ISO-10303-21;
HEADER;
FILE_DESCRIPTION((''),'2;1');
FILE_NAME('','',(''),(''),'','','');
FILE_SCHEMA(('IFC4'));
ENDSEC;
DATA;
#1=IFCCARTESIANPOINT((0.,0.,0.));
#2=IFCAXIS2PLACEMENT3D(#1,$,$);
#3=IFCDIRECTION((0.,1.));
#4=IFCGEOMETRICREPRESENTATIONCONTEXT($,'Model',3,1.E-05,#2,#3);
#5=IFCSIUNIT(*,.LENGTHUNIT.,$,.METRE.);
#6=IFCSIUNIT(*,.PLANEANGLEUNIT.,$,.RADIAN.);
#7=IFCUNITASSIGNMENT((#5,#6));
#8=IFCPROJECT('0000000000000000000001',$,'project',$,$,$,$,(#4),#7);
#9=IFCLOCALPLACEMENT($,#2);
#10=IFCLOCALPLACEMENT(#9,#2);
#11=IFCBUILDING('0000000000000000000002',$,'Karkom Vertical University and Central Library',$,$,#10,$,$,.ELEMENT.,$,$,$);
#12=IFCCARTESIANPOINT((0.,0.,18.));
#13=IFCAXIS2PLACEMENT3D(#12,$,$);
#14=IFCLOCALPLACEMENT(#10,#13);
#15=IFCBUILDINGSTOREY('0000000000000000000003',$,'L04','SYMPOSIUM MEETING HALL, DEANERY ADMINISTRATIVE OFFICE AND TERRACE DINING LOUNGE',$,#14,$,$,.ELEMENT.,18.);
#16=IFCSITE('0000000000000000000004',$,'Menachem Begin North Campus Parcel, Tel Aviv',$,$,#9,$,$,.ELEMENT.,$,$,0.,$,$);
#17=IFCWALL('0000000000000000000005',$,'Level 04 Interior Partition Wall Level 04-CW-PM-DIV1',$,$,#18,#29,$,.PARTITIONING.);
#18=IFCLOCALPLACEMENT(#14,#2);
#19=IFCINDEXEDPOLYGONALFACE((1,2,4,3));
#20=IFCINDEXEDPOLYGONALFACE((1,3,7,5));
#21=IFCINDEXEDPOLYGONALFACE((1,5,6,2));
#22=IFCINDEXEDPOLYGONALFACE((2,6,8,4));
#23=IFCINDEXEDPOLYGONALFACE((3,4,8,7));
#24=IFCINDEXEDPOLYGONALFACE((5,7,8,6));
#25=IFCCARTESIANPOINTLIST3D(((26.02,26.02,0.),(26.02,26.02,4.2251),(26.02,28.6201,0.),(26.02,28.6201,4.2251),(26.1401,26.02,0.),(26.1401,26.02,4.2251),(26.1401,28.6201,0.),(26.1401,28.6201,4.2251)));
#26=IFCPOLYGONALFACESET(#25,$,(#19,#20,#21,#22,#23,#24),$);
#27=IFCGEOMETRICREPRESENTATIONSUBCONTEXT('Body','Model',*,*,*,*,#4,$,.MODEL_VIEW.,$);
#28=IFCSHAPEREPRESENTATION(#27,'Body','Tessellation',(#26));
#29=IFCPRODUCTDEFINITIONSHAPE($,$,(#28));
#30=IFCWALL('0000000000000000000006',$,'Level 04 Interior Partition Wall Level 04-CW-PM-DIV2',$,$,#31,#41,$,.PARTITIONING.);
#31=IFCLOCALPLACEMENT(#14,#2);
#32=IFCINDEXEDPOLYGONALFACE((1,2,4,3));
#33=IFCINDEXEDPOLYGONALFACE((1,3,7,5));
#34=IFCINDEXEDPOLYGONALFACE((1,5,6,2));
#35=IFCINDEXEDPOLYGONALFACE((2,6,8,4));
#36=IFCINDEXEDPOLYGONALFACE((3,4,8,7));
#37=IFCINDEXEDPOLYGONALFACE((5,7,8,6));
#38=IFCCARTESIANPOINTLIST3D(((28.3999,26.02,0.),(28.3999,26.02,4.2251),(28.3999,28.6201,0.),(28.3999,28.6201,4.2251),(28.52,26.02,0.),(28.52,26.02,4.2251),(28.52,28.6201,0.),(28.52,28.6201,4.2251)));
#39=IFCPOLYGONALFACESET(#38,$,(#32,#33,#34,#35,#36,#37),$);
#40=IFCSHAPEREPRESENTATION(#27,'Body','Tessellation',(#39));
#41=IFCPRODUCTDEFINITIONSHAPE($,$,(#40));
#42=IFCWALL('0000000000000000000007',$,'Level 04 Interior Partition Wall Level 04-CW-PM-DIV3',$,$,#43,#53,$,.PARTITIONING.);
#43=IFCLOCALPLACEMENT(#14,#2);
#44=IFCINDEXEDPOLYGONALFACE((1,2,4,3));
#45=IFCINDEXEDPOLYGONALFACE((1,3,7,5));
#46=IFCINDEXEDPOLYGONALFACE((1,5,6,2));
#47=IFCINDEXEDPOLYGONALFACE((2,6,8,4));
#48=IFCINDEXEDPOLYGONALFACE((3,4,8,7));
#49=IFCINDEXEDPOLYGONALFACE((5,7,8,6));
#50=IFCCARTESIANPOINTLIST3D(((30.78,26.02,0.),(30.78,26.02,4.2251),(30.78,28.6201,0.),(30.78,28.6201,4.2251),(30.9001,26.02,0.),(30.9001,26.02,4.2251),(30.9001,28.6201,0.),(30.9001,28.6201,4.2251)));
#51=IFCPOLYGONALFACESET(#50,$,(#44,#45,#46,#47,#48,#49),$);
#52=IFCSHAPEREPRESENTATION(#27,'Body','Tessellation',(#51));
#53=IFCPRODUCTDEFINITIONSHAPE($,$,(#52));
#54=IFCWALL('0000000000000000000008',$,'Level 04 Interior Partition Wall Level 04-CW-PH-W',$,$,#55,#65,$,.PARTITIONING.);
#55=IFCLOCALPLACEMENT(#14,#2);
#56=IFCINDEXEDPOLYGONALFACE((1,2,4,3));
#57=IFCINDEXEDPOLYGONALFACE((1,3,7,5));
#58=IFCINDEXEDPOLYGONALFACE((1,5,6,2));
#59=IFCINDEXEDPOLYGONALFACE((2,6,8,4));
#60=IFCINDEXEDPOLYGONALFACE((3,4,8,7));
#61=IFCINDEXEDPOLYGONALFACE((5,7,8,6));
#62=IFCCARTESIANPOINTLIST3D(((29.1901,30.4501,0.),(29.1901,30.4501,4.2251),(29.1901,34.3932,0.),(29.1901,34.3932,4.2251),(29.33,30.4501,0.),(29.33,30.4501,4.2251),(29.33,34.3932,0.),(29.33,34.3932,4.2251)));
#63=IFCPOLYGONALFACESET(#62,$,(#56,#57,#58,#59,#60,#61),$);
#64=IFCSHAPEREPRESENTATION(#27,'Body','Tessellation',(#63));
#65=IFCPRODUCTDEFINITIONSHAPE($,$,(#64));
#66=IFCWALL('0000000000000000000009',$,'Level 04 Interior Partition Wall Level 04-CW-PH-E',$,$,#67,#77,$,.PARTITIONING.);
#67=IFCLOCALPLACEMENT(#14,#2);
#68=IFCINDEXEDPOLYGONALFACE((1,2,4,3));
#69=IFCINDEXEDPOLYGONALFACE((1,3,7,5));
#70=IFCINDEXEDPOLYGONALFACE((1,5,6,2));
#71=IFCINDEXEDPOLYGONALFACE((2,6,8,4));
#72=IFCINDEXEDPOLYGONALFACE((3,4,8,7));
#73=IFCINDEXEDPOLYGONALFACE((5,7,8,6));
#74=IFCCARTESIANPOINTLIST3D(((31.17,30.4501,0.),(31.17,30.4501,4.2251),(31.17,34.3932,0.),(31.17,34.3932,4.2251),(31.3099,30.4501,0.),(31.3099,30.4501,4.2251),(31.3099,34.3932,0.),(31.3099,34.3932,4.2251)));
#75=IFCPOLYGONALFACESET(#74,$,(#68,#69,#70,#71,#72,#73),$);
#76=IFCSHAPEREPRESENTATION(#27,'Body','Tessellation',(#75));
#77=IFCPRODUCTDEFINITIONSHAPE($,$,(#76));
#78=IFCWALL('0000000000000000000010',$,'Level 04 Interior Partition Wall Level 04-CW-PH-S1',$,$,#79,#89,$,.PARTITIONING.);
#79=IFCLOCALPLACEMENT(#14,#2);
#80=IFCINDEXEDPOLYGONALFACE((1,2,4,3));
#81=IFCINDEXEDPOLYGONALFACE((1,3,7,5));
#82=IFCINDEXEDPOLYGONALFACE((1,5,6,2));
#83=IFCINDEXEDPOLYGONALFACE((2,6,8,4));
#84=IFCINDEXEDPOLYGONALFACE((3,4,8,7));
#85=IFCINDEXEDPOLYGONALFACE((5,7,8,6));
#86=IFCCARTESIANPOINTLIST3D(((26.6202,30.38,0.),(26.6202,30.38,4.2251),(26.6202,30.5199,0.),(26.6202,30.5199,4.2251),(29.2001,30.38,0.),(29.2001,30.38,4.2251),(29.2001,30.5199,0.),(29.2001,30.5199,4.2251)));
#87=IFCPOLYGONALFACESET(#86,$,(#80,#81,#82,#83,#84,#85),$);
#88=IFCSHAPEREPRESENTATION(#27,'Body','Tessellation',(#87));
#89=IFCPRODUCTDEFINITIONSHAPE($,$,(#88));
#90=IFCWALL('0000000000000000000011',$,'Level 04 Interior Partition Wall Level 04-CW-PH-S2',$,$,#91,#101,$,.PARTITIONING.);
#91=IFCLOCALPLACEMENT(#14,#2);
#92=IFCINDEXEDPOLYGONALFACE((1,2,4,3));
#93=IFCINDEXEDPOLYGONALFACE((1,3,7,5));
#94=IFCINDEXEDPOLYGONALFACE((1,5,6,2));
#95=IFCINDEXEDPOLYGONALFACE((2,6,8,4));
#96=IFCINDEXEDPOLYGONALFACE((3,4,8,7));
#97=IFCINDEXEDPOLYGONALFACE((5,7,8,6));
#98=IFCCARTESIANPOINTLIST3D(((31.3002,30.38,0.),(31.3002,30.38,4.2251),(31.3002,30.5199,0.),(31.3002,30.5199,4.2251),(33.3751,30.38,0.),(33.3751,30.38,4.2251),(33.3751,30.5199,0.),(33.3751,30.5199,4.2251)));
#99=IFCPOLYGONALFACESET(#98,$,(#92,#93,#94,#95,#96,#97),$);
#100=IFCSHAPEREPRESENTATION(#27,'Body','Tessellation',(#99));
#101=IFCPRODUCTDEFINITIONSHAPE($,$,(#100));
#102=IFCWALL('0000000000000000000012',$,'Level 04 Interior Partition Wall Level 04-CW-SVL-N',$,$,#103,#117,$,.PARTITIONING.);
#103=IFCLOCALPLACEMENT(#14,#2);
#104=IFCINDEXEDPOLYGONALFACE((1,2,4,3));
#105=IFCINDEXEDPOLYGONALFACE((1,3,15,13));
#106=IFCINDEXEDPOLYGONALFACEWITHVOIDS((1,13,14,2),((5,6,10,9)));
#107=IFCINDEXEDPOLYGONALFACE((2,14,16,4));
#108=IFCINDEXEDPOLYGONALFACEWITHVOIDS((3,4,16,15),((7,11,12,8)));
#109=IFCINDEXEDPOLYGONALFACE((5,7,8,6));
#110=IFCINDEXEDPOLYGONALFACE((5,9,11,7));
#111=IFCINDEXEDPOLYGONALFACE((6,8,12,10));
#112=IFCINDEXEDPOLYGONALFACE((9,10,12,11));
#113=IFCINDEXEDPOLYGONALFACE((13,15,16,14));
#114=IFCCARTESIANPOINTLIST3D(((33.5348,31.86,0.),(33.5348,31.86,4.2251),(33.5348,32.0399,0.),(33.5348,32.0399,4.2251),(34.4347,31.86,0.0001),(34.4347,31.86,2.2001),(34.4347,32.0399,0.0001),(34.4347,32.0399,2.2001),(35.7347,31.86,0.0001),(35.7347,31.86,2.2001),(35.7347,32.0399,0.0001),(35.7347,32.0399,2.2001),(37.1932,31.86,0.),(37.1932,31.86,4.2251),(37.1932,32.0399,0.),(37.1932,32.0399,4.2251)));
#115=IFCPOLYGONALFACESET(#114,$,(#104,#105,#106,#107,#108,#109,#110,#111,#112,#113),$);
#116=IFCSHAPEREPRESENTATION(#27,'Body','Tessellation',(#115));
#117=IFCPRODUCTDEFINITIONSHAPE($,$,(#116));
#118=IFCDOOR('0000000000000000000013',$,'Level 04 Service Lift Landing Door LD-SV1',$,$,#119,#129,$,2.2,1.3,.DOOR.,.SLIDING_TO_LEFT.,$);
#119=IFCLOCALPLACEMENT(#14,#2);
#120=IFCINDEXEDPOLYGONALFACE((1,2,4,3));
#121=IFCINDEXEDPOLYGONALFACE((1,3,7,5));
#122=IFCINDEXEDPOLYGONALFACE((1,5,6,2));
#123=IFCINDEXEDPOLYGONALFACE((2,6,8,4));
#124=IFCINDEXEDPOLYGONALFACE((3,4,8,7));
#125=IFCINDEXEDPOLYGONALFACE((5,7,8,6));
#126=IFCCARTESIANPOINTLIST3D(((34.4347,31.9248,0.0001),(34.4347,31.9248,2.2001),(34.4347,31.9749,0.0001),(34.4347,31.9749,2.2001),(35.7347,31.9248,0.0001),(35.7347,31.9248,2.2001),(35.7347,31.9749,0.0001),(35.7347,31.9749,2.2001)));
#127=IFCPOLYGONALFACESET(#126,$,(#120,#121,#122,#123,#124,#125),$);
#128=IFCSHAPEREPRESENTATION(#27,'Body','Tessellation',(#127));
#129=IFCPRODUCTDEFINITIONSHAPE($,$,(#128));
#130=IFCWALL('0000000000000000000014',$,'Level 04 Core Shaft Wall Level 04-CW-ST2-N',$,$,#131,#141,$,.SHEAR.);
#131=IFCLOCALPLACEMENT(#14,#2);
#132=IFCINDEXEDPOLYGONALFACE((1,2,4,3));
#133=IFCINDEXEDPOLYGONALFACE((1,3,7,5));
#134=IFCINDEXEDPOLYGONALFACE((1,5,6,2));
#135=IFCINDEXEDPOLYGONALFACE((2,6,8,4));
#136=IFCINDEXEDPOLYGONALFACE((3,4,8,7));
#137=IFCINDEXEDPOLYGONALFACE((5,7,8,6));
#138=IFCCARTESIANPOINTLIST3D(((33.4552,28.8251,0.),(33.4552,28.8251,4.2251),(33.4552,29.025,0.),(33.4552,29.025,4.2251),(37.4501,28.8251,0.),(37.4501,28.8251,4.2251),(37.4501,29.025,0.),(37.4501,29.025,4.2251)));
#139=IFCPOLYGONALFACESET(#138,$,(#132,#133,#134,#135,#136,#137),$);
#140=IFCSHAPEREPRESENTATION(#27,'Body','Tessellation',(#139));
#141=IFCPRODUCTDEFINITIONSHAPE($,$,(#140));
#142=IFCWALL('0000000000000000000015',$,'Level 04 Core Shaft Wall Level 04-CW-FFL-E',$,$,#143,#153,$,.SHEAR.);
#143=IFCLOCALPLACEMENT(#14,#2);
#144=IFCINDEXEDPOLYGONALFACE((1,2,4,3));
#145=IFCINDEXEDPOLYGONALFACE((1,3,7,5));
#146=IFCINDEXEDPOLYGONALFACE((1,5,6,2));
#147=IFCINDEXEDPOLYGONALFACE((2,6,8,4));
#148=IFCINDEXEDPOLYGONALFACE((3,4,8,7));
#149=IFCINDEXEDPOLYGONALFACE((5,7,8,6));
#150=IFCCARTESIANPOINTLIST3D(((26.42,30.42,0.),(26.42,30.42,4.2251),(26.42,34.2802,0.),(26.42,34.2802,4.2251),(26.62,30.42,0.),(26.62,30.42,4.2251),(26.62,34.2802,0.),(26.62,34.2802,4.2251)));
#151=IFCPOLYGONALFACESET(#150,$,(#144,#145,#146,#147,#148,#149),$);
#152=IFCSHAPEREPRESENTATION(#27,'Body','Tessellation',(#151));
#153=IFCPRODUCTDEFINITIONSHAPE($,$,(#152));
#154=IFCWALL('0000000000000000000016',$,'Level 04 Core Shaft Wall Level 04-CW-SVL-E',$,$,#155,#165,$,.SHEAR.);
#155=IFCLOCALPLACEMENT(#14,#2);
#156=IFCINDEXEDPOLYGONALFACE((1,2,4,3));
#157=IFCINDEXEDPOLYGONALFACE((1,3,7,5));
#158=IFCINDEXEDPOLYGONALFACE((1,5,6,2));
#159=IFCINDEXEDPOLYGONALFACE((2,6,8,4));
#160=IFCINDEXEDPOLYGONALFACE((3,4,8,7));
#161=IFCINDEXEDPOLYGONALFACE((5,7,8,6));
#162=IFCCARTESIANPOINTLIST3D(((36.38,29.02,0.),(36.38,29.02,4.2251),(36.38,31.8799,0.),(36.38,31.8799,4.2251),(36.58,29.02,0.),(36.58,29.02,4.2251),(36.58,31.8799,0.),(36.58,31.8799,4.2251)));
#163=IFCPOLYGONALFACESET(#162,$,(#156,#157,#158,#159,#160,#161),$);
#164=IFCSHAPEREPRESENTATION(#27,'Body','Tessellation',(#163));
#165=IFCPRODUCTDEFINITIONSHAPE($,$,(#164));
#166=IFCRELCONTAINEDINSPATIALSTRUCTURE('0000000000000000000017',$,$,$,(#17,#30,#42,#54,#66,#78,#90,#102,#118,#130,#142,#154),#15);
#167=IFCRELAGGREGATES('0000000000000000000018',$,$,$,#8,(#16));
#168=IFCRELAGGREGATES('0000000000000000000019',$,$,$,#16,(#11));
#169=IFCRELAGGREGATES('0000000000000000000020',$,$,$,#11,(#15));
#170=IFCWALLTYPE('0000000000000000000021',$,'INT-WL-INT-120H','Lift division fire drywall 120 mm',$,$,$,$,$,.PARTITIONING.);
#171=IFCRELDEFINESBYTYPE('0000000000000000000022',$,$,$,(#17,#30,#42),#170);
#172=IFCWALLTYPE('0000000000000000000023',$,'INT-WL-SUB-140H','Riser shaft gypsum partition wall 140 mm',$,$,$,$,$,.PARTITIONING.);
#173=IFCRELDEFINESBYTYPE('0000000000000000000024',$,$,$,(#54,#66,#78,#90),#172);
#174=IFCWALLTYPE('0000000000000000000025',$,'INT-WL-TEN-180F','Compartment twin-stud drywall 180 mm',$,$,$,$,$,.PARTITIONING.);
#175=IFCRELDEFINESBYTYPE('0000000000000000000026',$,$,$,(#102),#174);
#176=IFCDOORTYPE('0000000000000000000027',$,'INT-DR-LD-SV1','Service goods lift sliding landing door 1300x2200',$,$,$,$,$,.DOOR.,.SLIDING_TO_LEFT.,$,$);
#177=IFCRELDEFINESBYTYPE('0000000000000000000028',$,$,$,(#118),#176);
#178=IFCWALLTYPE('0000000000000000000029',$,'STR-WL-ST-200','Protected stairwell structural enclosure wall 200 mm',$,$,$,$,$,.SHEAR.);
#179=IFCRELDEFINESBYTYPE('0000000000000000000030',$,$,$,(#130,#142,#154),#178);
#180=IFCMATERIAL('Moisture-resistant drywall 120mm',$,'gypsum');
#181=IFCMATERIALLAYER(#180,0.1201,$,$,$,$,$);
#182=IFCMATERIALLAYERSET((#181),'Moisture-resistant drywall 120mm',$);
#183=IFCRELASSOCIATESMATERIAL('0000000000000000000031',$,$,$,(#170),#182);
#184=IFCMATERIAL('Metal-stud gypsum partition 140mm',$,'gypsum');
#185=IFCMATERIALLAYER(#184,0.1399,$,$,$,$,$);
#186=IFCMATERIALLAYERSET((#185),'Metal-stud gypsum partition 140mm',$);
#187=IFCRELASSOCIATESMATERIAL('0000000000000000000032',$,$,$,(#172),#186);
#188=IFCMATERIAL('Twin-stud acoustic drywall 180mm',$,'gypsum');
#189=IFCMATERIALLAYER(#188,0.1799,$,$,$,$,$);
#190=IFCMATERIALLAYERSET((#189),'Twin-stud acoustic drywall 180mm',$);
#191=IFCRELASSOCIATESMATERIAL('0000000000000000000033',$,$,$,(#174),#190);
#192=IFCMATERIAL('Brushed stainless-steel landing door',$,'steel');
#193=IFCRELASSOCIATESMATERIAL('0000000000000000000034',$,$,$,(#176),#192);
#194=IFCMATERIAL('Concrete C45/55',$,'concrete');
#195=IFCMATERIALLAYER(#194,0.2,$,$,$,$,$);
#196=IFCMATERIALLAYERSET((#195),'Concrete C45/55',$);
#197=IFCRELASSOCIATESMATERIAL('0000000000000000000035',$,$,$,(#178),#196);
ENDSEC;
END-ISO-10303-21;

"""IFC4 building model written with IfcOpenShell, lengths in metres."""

from ifc_helpers import new_model, si_unit, direction, frame, frame_2d, origin, origin_with_axes, place, context, subcontext, project, spatial, rectangle, extrude, source, transform, mapped, material, layer, layer_set, type_object, element, fill, save


model = new_model("IFC4")

# Units and contexts
model_context = context("Model", 3, precision=1e-05, world=origin(), true_north=direction((0.0, 1.0)))
body_context = subcontext(model_context, "Body", "Model", "MODEL_VIEW")
ifc_project = project(units=[si_unit("LENGTHUNIT", "METRE"), si_unit("PLANEANGLEUNIT", "RADIAN")], contexts=[model_context])

# Site, building, storey
site_placement = place(None, origin())
site = spatial("IfcSite", under=ifc_project, at=site_placement, Name="Menachem Begin North Campus Parcel, Tel Aviv", CompositionType="ELEMENT", RefElevation=0.0)
building_placement = place(site_placement, origin())
building = spatial("IfcBuilding", under=site, at=building_placement, Name="Karkom Vertical University and Central Library", CompositionType="ELEMENT")
storey_placement = place(building_placement, frame((0.0, 0.0, 18.0)))
storey = spatial("IfcBuildingStorey", under=building, at=storey_placement, Name="L04", Description="SYMPOSIUM MEETING HALL, DEANERY ADMINISTRATIVE OFFICE AND TERRACE DINING LOUNGE", CompositionType="ELEMENT", Elevation=18.0)

# Walls
ifc_material_1 = material(Name="Moisture-resistant drywall 120mm", Category="gypsum")
ifc_layer_1 = layer(ifc_material_1, 0.1201)
ifc_layer_set_1 = layer_set([ifc_layer_1], Name="Moisture-resistant drywall 120mm")
wall_type_1 = type_object("IfcWallType", Name="INT-WL-INT-120H", Description="Lift division fire drywall 120 mm", PredefinedType="PARTITIONING", material=ifc_layer_set_1)
for number, where, z_axis, x_axis, name in (
    (1, (26.0801, 26.02, 0.0), (0.0, 0.0, 1.0), (0.0, 1.0, 0.0), "Level 04 Interior Partition Wall Level 04-CW-PM-DIV1"),
    (2, (28.46, 26.02, 0.0), (0.0, 0.0, 1.0), (0.0, 1.0, 0.0), "Level 04 Interior Partition Wall Level 04-CW-PM-DIV2"),
    (3, (30.8401, 26.02, 0.0), (0.0, 0.0, 1.0), (0.0, 1.0, 0.0), "Level 04 Interior Partition Wall Level 04-CW-PM-DIV3"),
):
    element("IfcWall", number, at=place(storey_placement, frame(where, z_axis=z_axis, x_axis=x_axis)), inside=storey, type_object=wall_type_1, Name=name, PredefinedType="PARTITIONING", context=body_context, shape_type="SweptSolid", body=[
        extrude(rectangle(XDim=2.6001, YDim=0.1201, at=frame_2d((1.3, 0.0))), origin(), (0.0, 0.0, 1.0), 4.2251),
    ])
ifc_material_2 = material(Name="Metal-stud gypsum partition 140mm", Category="gypsum")
ifc_layer_2 = layer(ifc_material_2, 0.1399)
ifc_layer_set_2 = layer_set([ifc_layer_2], Name="Metal-stud gypsum partition 140mm")
wall_type_2 = type_object("IfcWallType", Name="INT-WL-SUB-140H", Description="Riser shaft gypsum partition wall 140 mm", PredefinedType="PARTITIONING", material=ifc_layer_set_2)
for number, where, z_axis, x_axis, name in (
    (4, (29.26, 30.45, 0.0), (0.0, 0.0, 1.0), (0.0, 1.0, 0.0), "Level 04 Interior Partition Wall Level 04-CW-PH-W"),
    (5, (31.24, 30.45, 0.0), (0.0, 0.0, 1.0), (0.0, 1.0, 0.0), "Level 04 Interior Partition Wall Level 04-CW-PH-E"),
):
    element("IfcWall", number, at=place(storey_placement, frame(where, z_axis=z_axis, x_axis=x_axis)), inside=storey, type_object=wall_type_2, Name=name, PredefinedType="PARTITIONING", context=body_context, shape_type="SweptSolid", body=[
        extrude(rectangle(XDim=3.9431, YDim=0.1399, at=frame_2d((1.9717, 0.0))), origin(), (0.0, 0.0, 1.0), 4.2251),
    ])
wall_1_placement = place(storey_placement, frame((26.6201, 30.45, 0.0), z_axis=(0.0, 0.0, 1.0), x_axis=(1.0, 0.0, 0.0)))
element("IfcWall", 6, at=wall_1_placement, inside=storey, type_object=wall_type_2, Name="Level 04 Interior Partition Wall Level 04-CW-PH-S1", PredefinedType="PARTITIONING", context=body_context, shape_type="SweptSolid", body=[
    extrude(rectangle(XDim=2.5798, YDim=0.1399, at=frame_2d((1.29, 0.0))), origin(), (0.0, 0.0, 1.0), 4.2251),
])
wall_2_placement = place(storey_placement, frame((31.3, 30.45, 0.0), z_axis=(0.0, 0.0, 1.0), x_axis=(1.0, 0.0, 0.0)))
element("IfcWall", 7, at=wall_2_placement, inside=storey, type_object=wall_type_2, Name="Level 04 Interior Partition Wall Level 04-CW-PH-S2", PredefinedType="PARTITIONING", context=body_context, shape_type="SweptSolid", body=[
    extrude(rectangle(XDim=2.075, YDim=0.1399, at=frame_2d((1.0376, 0.0))), origin(), (0.0, 0.0, 1.0), 4.2251),
])

# Wall, opening, door
ifc_material_3 = material(Name="Twin-stud acoustic drywall 180mm", Category="gypsum")
ifc_layer_3 = layer(ifc_material_3, 0.1799)
ifc_layer_set_3 = layer_set([ifc_layer_3], Name="Twin-stud acoustic drywall 180mm")
wall_type_3 = type_object("IfcWallType", Name="INT-WL-TEN-180F", Description="Compartment twin-stud drywall 180 mm", PredefinedType="PARTITIONING", material=ifc_layer_set_3)
wall_3_placement = place(storey_placement, frame((33.5349, 31.95, 0.0), z_axis=(0.0, 0.0, 1.0), x_axis=(1.0, 0.0, 0.0)))
wall_3 = element("IfcWall", 8, at=wall_3_placement, inside=storey, type_object=wall_type_3, Name="Level 04 Interior Partition Wall Level 04-CW-SVL-N", PredefinedType="PARTITIONING", context=body_context, shape_type="SweptSolid", body=[
    extrude(rectangle(XDim=3.6584, YDim=0.1799, at=frame_2d((1.8291, 0.0))), origin(), (0.0, 0.0, 1.0), 4.2251),
])
opening_1_placement = place(wall_3_placement, frame((0.8999, 0.0, 0.0)))
opening_1 = element("IfcOpeningElement", 9, at=opening_1_placement, cuts=wall_3, PredefinedType="OPENING", context=body_context, shape_type="SweptSolid", body=[
    extrude(rectangle(XDim=1.3, YDim=2.2, at=frame_2d((0.6499, 1.1001))), frame((0.0, 0.1001, 0.0), z_axis=(0.0, -1.0, 0.0), x_axis=(1.0, 0.0, 0.0)), (0.0, 0.0, 1.0), 0.2),
])
ifc_material_4 = material(Name="Brushed stainless-steel landing door", Category="steel")
door_type_1 = type_object("IfcDoorType", Name="INT-DR-LD-SV1", Description="Service goods lift sliding landing door 1300x2200", OperationType="SLIDING_TO_LEFT", PredefinedType="DOOR", material=ifc_material_4)
shared_shape_1 = source(origin_with_axes(), body_context, "Body", "SweptSolid", [
    extrude(rectangle(XDim=1.3, YDim=2.2, at=frame_2d((0.6499, 1.1001))), frame((0.0, 0.0249, 0.0), z_axis=(0.0, -1.0, 0.0), x_axis=(1.0, 0.0, 0.0)), (0.0, 0.0, 1.0), 0.05),
])
door_1_placement = place(opening_1_placement, origin())
door_1 = element("IfcDoor", 10, at=door_1_placement, inside=storey, type_object=door_type_1, Name="Level 04 Service Lift Landing Door LD-SV1", OperationType="SLIDING_TO_LEFT", OverallHeight=2.2, OverallWidth=1.3, PredefinedType="DOOR", context=body_context, shape_type="MappedRepresentation", body=[
    mapped(shared_shape_1, transform((0.0, 0.0, 0.0), scale=1.0)),
])
fill(opening_1, door_1)

# Walls
ifc_material_5 = material(Name="Concrete C45/55", Category="concrete")
ifc_layer_4 = layer(ifc_material_5, 0.2)
ifc_layer_set_4 = layer_set([ifc_layer_4], Name="Concrete C45/55")
wall_type_4 = type_object("IfcWallType", Name="STR-WL-ST-200", Description="Protected stairwell structural enclosure wall 200 mm", PredefinedType="SHEAR", material=ifc_layer_set_4)
wall_4_placement = place(storey_placement, frame((33.4551, 28.925, 0.0), z_axis=(0.0, 0.0, 1.0), x_axis=(1.0, 0.0, 0.0)))
element("IfcWall", 11, at=wall_4_placement, inside=storey, type_object=wall_type_4, Name="Level 04 Core Shaft Wall Level 04-CW-ST2-N", PredefinedType="SHEAR", context=body_context, shape_type="SweptSolid", body=[
    extrude(rectangle(XDim=3.9949, YDim=0.2, at=frame_2d((1.9976, 0.0))), origin(), (0.0, 0.0, 1.0), 4.2251),
])
wall_5_placement = place(storey_placement, frame((26.52, 30.4199, 0.0), z_axis=(0.0, 0.0, 1.0), x_axis=(0.0, 1.0, 0.0)))
element("IfcWall", 12, at=wall_5_placement, inside=storey, type_object=wall_type_4, Name="Level 04 Core Shaft Wall Level 04-CW-FFL-E", PredefinedType="SHEAR", context=body_context, shape_type="SweptSolid", body=[
    extrude(rectangle(XDim=3.8601, YDim=0.2, at=frame_2d((1.9302, 0.0))), origin(), (0.0, 0.0, 1.0), 4.2251),
])
wall_6_placement = place(storey_placement, frame((36.48, 29.02, 0.0), z_axis=(0.0, 0.0, 1.0), x_axis=(0.0, 1.0, 0.0)))
element("IfcWall", 13, at=wall_6_placement, inside=storey, type_object=wall_type_4, Name="Level 04 Core Shaft Wall Level 04-CW-SVL-E", PredefinedType="SHEAR", context=body_context, shape_type="SweptSolid", body=[
    extrude(rectangle(XDim=2.8599, YDim=0.2, at=frame_2d((1.4299, 0.0))), origin(), (0.0, 0.0, 1.0), 4.2251),
])

save(model, "model.ifc")
